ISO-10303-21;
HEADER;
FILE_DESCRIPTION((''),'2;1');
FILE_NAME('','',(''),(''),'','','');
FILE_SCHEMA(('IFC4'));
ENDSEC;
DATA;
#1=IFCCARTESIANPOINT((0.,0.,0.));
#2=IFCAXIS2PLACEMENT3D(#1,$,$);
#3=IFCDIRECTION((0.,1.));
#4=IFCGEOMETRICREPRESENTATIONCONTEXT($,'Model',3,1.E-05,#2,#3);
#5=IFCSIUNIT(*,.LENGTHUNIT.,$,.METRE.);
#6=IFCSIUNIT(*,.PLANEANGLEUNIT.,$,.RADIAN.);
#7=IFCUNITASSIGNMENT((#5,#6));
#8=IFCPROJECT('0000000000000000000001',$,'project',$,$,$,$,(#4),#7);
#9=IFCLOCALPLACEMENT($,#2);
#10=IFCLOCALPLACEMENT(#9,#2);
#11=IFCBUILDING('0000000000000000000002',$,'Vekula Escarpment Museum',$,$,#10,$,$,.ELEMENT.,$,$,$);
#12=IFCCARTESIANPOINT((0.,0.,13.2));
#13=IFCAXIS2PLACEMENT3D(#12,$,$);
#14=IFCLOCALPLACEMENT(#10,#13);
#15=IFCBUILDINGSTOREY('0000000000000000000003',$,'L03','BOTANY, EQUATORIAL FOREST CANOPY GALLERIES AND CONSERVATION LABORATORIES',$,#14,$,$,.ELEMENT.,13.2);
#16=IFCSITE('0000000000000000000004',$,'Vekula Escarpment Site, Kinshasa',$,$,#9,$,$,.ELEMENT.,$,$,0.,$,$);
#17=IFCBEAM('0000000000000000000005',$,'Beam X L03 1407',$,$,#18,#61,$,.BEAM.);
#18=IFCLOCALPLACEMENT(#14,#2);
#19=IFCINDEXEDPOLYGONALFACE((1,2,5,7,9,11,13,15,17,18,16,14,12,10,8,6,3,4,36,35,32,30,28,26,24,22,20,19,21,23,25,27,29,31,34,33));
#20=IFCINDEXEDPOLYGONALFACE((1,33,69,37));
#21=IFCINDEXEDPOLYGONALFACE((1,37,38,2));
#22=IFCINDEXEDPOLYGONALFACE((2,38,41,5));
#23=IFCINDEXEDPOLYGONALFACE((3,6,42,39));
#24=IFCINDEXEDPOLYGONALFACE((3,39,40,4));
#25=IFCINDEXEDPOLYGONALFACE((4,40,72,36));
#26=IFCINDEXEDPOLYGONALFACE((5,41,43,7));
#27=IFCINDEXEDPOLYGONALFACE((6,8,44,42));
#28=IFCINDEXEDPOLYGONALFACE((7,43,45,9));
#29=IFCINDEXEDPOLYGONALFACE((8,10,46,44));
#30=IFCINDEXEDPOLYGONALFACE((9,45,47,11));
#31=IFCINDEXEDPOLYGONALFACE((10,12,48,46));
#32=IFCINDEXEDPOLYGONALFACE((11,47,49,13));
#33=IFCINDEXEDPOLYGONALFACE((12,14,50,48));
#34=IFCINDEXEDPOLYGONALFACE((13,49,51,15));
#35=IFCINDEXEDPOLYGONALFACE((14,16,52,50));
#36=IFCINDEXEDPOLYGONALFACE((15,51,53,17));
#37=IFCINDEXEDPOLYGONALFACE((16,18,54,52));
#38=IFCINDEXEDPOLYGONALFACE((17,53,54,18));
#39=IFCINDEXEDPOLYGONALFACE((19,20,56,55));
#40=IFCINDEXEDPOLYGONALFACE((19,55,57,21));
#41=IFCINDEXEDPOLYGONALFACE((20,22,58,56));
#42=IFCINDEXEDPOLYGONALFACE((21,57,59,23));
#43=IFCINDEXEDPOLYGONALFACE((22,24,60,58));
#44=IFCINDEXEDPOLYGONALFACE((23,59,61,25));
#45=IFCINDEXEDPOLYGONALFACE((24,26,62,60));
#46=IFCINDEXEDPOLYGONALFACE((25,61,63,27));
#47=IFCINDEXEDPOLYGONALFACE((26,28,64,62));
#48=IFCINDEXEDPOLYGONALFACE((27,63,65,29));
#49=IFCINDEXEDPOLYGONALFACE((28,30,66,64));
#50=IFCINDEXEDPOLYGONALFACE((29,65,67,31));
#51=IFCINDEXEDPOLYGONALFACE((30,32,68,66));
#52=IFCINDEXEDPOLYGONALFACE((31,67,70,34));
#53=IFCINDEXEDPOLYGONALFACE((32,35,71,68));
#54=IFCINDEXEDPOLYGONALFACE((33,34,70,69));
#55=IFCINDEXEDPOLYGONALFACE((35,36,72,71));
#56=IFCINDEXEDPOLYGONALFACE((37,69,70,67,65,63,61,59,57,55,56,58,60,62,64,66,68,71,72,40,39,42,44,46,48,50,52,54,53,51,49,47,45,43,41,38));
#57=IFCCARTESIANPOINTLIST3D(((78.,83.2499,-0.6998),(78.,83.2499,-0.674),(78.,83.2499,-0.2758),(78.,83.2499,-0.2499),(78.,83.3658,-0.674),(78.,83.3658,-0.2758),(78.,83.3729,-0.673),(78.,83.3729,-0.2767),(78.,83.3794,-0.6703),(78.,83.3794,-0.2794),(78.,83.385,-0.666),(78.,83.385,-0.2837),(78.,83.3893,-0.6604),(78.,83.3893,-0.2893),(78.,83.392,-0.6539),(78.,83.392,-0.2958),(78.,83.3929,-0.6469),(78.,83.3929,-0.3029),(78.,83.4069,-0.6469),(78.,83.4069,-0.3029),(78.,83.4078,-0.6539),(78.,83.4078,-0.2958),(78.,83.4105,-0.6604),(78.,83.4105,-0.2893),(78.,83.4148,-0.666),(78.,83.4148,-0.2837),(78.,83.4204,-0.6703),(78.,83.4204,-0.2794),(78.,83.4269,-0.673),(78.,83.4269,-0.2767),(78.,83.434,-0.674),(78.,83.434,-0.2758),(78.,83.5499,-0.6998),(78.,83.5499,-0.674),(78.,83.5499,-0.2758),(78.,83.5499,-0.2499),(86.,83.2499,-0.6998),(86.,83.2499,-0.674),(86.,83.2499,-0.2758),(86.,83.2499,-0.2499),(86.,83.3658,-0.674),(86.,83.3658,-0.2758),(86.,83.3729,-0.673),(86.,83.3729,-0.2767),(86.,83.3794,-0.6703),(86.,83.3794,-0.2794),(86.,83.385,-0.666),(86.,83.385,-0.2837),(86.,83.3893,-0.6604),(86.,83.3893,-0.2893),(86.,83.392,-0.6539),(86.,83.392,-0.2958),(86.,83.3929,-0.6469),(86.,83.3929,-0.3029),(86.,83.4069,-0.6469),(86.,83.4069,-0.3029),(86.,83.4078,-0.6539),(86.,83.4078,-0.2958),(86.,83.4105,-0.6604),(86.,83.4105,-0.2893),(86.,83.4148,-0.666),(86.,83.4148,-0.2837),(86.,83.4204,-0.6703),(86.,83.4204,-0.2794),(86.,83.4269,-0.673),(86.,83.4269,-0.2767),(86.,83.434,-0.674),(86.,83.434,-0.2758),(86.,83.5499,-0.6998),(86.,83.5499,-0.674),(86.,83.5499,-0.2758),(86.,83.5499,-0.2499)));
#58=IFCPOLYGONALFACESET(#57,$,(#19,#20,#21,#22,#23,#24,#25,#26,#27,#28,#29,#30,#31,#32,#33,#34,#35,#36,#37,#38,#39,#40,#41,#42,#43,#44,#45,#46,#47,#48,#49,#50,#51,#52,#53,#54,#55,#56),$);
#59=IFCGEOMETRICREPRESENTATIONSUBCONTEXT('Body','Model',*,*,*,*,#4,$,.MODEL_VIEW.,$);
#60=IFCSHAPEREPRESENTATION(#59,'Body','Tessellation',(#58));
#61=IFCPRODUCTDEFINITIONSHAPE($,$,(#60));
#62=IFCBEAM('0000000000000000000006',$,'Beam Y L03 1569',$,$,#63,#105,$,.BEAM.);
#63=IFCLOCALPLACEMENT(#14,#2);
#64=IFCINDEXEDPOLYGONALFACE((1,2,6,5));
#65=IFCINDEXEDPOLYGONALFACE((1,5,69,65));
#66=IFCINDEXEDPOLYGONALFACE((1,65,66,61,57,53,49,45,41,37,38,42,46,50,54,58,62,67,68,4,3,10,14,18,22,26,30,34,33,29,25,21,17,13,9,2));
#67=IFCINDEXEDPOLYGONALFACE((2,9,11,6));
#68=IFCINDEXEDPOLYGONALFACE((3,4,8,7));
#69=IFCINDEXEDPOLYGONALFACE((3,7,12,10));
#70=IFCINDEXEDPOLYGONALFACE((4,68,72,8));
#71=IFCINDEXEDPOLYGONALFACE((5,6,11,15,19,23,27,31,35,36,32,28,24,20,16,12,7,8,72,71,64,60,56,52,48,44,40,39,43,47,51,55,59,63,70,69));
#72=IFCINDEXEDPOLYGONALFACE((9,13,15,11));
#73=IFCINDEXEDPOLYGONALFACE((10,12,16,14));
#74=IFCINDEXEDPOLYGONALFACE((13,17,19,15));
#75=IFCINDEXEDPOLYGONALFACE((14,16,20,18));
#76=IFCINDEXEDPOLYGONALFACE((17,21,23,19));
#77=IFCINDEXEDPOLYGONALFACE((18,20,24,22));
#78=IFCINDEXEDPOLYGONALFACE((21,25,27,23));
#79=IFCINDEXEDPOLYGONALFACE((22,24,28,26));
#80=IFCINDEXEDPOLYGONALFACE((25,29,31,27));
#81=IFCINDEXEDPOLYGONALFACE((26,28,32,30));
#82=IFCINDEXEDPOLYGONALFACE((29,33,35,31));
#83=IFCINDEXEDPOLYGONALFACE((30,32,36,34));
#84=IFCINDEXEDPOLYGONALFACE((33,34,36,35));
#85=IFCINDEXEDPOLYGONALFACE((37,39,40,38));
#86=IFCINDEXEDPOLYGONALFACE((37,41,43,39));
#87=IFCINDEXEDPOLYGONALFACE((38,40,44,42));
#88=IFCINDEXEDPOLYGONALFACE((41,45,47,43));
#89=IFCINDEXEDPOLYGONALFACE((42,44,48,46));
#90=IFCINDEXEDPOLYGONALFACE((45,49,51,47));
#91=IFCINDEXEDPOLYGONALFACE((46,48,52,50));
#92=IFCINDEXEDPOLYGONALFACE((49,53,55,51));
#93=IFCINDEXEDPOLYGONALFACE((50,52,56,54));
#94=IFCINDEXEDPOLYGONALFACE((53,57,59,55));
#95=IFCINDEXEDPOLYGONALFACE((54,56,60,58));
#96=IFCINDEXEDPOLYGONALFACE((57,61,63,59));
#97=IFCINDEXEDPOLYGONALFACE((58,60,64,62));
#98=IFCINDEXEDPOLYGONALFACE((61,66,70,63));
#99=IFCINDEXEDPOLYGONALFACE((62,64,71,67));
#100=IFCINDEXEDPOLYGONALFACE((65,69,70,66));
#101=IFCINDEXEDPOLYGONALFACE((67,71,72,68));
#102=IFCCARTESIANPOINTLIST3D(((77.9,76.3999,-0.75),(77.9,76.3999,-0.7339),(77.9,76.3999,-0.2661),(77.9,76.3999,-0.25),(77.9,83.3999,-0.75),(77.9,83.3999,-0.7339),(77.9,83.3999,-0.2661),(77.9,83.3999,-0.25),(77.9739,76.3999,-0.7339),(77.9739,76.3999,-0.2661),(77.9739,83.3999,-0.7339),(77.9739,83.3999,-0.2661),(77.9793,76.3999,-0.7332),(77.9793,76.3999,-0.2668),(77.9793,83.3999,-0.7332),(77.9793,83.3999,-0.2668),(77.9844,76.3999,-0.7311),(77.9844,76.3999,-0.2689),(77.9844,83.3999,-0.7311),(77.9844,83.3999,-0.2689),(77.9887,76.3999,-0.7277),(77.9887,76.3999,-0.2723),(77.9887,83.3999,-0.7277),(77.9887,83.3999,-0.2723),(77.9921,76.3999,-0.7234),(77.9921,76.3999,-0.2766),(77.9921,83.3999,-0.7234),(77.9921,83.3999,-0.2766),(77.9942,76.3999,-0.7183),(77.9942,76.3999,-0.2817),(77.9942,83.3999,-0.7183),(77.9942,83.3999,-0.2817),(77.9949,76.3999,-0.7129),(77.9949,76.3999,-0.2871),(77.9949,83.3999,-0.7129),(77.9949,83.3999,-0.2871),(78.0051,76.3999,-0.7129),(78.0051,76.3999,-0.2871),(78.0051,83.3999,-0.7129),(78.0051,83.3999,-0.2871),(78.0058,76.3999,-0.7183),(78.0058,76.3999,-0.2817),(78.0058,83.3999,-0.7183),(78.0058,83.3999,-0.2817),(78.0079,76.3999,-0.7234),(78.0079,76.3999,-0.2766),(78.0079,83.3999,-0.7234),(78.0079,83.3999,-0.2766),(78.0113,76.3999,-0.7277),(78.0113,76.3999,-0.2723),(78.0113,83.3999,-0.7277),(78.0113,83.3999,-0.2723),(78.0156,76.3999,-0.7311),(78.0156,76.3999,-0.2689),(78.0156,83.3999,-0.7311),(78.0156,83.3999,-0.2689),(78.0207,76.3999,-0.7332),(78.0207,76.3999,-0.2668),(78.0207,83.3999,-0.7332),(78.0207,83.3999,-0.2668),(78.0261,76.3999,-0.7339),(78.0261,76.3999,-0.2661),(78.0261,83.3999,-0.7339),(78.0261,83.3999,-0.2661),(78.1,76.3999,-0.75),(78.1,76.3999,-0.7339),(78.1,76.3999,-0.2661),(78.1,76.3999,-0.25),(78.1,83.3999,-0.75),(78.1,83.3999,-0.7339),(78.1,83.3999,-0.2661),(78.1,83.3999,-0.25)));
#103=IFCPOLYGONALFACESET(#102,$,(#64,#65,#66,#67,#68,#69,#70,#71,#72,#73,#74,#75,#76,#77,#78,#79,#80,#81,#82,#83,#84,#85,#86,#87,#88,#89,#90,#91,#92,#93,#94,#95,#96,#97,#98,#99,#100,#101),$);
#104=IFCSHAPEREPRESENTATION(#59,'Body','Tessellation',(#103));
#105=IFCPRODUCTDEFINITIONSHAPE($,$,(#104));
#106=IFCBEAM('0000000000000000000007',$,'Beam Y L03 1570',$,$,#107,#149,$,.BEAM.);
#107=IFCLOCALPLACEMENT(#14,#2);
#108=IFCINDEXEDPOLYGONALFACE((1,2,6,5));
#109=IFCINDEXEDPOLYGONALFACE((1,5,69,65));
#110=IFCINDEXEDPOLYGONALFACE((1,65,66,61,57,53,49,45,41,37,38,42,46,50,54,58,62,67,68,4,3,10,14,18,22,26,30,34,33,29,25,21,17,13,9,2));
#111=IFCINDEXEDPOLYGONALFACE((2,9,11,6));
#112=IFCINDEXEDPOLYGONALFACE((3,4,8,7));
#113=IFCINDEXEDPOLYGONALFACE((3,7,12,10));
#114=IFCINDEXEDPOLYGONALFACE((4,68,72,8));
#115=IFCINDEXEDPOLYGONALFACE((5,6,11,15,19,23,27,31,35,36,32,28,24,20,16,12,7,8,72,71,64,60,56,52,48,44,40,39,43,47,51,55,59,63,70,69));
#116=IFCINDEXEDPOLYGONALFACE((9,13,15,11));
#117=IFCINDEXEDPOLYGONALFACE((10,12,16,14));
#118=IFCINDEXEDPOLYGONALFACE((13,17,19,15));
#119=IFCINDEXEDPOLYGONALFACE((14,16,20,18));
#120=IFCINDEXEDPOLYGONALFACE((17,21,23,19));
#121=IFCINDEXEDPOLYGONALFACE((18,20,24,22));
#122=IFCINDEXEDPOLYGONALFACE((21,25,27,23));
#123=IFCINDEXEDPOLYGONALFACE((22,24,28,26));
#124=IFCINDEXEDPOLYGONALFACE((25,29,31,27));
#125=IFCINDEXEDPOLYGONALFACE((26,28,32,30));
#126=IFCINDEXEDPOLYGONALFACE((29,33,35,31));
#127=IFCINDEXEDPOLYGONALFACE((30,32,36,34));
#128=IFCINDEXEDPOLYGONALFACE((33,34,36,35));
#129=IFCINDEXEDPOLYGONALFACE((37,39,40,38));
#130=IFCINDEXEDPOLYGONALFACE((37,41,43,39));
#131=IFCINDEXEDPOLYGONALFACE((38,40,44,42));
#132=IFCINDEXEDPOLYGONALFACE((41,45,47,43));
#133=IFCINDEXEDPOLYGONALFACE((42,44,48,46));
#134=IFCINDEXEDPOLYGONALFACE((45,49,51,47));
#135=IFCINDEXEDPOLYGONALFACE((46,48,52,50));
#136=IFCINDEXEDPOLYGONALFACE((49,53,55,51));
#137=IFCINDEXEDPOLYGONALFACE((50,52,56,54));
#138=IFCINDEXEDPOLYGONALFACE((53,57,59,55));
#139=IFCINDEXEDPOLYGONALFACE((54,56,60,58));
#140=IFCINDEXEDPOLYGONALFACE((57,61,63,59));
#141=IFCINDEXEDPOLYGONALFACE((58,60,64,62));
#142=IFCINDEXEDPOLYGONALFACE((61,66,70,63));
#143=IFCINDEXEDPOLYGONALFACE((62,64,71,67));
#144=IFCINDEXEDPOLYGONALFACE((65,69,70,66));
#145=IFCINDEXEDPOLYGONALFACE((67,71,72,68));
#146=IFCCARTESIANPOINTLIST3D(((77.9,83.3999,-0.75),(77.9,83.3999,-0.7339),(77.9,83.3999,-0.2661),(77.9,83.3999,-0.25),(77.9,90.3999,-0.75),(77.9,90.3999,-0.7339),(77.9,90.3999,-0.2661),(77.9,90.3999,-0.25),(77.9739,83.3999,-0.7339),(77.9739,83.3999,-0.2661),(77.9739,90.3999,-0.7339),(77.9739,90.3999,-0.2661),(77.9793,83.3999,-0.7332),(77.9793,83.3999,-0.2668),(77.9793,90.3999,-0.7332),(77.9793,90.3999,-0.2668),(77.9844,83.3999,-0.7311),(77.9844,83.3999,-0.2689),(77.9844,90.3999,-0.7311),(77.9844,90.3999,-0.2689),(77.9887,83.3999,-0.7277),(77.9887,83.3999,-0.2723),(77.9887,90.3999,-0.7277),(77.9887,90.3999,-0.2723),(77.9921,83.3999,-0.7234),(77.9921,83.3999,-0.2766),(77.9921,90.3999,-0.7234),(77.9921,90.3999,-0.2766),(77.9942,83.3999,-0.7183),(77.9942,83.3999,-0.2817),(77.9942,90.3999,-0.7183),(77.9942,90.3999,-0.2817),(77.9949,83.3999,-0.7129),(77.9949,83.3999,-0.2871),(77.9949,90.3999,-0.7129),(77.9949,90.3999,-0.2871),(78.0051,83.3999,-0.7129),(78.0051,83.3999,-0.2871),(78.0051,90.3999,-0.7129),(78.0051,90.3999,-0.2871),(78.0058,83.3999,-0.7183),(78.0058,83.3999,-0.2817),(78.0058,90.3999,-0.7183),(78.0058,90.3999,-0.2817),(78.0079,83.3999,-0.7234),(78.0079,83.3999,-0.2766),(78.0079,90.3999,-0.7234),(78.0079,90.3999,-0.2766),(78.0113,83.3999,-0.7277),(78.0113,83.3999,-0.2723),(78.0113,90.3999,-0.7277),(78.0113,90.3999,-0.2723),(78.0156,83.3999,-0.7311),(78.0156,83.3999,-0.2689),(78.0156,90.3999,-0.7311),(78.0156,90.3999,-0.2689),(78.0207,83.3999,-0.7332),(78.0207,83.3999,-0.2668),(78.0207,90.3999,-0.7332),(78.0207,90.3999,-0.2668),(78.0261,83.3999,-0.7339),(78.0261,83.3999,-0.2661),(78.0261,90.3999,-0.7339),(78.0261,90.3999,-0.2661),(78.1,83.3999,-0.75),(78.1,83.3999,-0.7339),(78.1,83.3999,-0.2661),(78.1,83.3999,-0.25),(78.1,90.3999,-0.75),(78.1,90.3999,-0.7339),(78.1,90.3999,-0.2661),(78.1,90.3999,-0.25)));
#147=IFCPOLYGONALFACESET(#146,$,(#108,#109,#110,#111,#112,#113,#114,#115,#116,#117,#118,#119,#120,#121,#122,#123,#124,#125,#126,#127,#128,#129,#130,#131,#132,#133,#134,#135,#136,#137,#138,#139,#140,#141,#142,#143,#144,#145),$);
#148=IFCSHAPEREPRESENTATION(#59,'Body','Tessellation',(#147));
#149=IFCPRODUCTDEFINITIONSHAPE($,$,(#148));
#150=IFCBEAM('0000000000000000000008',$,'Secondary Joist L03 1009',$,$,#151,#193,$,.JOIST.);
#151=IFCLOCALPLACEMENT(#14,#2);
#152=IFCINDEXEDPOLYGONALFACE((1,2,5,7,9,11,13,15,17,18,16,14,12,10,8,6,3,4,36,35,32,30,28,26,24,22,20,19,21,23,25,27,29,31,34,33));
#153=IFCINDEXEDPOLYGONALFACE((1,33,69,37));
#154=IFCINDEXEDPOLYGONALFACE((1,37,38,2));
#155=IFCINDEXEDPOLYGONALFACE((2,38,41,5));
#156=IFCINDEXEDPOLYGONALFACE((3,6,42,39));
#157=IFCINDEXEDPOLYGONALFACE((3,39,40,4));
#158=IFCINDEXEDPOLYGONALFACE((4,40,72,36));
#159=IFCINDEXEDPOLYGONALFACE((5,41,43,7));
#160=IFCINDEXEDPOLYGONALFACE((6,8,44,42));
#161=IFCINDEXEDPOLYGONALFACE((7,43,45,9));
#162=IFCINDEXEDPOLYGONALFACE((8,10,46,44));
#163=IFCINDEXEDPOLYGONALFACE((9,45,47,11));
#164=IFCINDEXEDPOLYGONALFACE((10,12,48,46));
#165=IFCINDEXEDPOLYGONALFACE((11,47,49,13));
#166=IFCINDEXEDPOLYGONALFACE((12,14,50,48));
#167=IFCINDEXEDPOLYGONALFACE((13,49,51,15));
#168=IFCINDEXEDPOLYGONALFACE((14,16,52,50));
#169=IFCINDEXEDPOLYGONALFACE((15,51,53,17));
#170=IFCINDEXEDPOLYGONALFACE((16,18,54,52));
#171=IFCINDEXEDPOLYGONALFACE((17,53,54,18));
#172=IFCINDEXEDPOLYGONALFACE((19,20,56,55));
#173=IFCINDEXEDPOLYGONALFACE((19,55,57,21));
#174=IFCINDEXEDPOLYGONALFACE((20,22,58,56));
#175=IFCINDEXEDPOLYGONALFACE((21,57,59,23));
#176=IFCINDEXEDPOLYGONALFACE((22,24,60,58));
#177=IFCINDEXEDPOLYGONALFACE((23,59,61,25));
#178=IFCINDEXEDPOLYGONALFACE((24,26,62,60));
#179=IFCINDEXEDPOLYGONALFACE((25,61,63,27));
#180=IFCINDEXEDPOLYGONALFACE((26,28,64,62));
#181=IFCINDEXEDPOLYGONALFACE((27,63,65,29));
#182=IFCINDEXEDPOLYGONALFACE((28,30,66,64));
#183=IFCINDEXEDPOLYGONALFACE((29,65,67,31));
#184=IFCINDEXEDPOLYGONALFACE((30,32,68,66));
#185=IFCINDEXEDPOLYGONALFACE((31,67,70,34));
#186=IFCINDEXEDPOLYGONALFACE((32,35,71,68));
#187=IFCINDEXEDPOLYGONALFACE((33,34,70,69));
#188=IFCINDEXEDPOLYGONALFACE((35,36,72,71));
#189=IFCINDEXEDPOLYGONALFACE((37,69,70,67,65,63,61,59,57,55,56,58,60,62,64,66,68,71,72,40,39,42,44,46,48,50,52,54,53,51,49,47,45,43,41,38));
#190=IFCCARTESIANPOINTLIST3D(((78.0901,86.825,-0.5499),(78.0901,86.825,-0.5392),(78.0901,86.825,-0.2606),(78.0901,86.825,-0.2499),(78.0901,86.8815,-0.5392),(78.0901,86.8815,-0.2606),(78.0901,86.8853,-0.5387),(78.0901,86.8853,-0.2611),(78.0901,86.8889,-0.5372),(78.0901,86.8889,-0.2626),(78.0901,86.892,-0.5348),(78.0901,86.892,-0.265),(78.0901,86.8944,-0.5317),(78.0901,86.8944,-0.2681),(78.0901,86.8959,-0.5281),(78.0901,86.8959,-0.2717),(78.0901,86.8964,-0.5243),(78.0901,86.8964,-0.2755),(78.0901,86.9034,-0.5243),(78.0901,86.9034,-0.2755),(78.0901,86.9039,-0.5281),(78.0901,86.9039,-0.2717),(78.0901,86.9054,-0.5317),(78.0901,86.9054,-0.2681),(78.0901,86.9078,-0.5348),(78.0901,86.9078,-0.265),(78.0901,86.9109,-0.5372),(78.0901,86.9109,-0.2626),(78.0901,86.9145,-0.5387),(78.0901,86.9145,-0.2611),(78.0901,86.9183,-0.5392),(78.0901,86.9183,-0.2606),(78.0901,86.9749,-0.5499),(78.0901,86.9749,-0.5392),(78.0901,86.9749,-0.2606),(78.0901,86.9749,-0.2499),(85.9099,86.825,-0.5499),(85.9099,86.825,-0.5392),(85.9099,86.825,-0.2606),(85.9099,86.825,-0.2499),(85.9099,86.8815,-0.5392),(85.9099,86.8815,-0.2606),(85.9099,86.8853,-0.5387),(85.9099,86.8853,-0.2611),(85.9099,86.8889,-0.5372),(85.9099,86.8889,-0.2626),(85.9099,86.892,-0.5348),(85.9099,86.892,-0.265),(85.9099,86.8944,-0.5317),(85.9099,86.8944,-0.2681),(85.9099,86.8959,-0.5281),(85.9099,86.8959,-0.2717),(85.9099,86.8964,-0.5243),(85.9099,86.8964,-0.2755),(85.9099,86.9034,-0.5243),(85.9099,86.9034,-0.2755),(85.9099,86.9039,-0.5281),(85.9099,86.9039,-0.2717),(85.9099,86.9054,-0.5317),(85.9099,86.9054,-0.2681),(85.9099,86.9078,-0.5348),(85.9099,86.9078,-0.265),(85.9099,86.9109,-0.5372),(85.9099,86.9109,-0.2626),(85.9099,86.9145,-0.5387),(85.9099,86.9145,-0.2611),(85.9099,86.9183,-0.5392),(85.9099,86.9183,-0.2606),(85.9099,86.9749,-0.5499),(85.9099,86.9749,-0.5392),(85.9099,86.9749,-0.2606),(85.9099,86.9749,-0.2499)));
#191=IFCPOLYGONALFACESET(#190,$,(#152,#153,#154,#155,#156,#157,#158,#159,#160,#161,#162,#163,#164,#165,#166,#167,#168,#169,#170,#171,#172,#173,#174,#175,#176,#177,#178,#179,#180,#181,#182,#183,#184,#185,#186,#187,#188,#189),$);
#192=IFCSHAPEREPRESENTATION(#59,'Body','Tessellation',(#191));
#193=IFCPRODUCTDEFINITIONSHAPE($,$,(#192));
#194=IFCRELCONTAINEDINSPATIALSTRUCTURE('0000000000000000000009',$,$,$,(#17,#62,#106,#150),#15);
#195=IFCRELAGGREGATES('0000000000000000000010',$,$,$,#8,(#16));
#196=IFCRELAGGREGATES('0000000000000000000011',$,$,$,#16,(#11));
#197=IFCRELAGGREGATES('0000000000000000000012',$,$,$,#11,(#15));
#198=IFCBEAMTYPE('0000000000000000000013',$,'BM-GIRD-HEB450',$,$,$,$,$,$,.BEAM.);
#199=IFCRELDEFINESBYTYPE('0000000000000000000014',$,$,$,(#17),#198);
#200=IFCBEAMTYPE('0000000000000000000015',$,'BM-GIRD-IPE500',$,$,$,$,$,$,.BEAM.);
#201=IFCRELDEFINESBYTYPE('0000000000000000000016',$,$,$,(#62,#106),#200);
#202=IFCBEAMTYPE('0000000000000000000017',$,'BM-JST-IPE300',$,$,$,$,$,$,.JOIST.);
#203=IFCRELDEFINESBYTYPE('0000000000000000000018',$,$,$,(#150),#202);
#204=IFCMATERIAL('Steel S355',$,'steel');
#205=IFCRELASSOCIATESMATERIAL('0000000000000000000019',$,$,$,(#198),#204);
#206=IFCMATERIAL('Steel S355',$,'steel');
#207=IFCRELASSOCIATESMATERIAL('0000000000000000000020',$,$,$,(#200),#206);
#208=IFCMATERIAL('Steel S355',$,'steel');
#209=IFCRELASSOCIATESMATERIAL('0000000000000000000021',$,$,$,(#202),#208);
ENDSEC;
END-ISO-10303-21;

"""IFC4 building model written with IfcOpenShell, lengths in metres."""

from ifc_helpers import new_model, si_unit, direction, frame, origin, origin_2d, place, context, subcontext, project, spatial, i_section, extrude, material, material_profile, profile_set, type_object, element, save


model = new_model("IFC4")

# Units and contexts
model_context = context("Model", 3, precision=1e-05, world=origin(), true_north=direction((0.0, 1.0)))
body_context = subcontext(model_context, "Body", "Model", "MODEL_VIEW")
ifc_project = project(units=[si_unit("LENGTHUNIT", "METRE"), si_unit("PLANEANGLEUNIT", "RADIAN")], contexts=[model_context])

# Site, building, storey
site_placement = place(None, origin())
site = spatial("IfcSite", under=ifc_project, at=site_placement, Name="Vekula Escarpment Site, Kinshasa", CompositionType="ELEMENT", RefElevation=0.0)
building_placement = place(site_placement, origin())
building = spatial("IfcBuilding", under=site, at=building_placement, Name="Vekula Escarpment Museum", CompositionType="ELEMENT")
storey_placement = place(building_placement, frame((0.0, 0.0, 13.2)))
storey = spatial("IfcBuildingStorey", under=building, at=storey_placement, Name="L03", Description="BOTANY, EQUATORIAL FOREST CANOPY GALLERIES AND CONSERVATION LABORATORIES", CompositionType="ELEMENT", Elevation=13.2)

# Beams
ifc_material_1 = material(Name="Steel S355", Category="steel")
ifc_material_profile_1 = material_profile(ifc_material_1, i_section(OverallWidth=0.3, OverallDepth=0.45, WebThickness=0.0139, FlangeThickness=0.0259, FilletRadius=0.0271, at=origin_2d()), Name="HEB 450")
ifc_profile_set_1 = profile_set([ifc_material_profile_1], Name="Steel S355")
beam_type_1 = type_object("IfcBeamType", Name="BM-GIRD-HEB450", PredefinedType="BEAM", material=ifc_profile_set_1)
beam_1_placement = place(storey_placement, frame((78.0, 83.3999, -0.4749), z_axis=(1.0, 0.0, 0.0), x_axis=(0.0, 1.0, 0.0)))
element("IfcBeam", 1, at=beam_1_placement, inside=storey, type_object=beam_type_1, Name="Beam X L03 1407", PredefinedType="BEAM", context=body_context, shape_type="SweptSolid", body=[
    extrude(i_section(OverallWidth=0.3, OverallDepth=0.45, WebThickness=0.0139, FlangeThickness=0.0259, FilletRadius=0.0271, at=origin_2d()), origin(), (0.0, 0.0, 1.0), 8.0),
])
ifc_material_2 = material(Name="Steel S355", Category="steel")
ifc_material_profile_2 = material_profile(ifc_material_2, i_section(OverallWidth=0.2, OverallDepth=0.5, WebThickness=0.0103, FlangeThickness=0.0161, FilletRadius=0.021, at=origin_2d()), Name="IPE 500")
ifc_profile_set_2 = profile_set([ifc_material_profile_2], Name="Steel S355")
beam_type_2 = type_object("IfcBeamType", Name="BM-GIRD-IPE500", PredefinedType="BEAM", material=ifc_profile_set_2)
for number, where, z_axis, x_axis, name in (
    (2, (78.0, 76.3999, -0.5), (0.0, 1.0, 0.0), (-1.0, 0.0, 0.0), "Beam Y L03 1569"),
    (3, (78.0, 83.3999, -0.5), (0.0, 1.0, 0.0), (-1.0, 0.0, 0.0), "Beam Y L03 1570"),
):
    element("IfcBeam", number, at=place(storey_placement, frame(where, z_axis=z_axis, x_axis=x_axis)), inside=storey, type_object=beam_type_2, Name=name, PredefinedType="BEAM", context=body_context, shape_type="SweptSolid", body=[
        extrude(i_section(OverallWidth=0.2, OverallDepth=0.5, WebThickness=0.0103, FlangeThickness=0.0161, FilletRadius=0.021, at=origin_2d()), origin(), (0.0, 0.0, 1.0), 7.0),
    ])
ifc_material_3 = material(Name="Steel S355", Category="steel")
ifc_material_profile_3 = material_profile(ifc_material_3, i_section(OverallWidth=0.1499, OverallDepth=0.3, WebThickness=0.0071, FlangeThickness=0.0107, FilletRadius=0.0149, at=origin_2d()), Name="IPE 300")
ifc_profile_set_3 = profile_set([ifc_material_profile_3], Name="Steel S355")
beam_type_3 = type_object("IfcBeamType", Name="BM-JST-IPE300", PredefinedType="JOIST", material=ifc_profile_set_3)
beam_2_placement = place(storey_placement, frame((78.0901, 86.8999, -0.3999), z_axis=(1.0, 0.0, 0.0), x_axis=(0.0, 1.0, 0.0)))
element("IfcBeam", 4, at=beam_2_placement, inside=storey, type_object=beam_type_3, Name="Secondary Joist L03 1009", PredefinedType="JOIST", context=body_context, shape_type="SweptSolid", body=[
    extrude(i_section(OverallWidth=0.1499, OverallDepth=0.3, WebThickness=0.0071, FlangeThickness=0.0107, FilletRadius=0.0149, at=origin_2d()), origin(), (0.0, 0.0, 1.0), 7.8198),
])

save(model, "model.ifc")
